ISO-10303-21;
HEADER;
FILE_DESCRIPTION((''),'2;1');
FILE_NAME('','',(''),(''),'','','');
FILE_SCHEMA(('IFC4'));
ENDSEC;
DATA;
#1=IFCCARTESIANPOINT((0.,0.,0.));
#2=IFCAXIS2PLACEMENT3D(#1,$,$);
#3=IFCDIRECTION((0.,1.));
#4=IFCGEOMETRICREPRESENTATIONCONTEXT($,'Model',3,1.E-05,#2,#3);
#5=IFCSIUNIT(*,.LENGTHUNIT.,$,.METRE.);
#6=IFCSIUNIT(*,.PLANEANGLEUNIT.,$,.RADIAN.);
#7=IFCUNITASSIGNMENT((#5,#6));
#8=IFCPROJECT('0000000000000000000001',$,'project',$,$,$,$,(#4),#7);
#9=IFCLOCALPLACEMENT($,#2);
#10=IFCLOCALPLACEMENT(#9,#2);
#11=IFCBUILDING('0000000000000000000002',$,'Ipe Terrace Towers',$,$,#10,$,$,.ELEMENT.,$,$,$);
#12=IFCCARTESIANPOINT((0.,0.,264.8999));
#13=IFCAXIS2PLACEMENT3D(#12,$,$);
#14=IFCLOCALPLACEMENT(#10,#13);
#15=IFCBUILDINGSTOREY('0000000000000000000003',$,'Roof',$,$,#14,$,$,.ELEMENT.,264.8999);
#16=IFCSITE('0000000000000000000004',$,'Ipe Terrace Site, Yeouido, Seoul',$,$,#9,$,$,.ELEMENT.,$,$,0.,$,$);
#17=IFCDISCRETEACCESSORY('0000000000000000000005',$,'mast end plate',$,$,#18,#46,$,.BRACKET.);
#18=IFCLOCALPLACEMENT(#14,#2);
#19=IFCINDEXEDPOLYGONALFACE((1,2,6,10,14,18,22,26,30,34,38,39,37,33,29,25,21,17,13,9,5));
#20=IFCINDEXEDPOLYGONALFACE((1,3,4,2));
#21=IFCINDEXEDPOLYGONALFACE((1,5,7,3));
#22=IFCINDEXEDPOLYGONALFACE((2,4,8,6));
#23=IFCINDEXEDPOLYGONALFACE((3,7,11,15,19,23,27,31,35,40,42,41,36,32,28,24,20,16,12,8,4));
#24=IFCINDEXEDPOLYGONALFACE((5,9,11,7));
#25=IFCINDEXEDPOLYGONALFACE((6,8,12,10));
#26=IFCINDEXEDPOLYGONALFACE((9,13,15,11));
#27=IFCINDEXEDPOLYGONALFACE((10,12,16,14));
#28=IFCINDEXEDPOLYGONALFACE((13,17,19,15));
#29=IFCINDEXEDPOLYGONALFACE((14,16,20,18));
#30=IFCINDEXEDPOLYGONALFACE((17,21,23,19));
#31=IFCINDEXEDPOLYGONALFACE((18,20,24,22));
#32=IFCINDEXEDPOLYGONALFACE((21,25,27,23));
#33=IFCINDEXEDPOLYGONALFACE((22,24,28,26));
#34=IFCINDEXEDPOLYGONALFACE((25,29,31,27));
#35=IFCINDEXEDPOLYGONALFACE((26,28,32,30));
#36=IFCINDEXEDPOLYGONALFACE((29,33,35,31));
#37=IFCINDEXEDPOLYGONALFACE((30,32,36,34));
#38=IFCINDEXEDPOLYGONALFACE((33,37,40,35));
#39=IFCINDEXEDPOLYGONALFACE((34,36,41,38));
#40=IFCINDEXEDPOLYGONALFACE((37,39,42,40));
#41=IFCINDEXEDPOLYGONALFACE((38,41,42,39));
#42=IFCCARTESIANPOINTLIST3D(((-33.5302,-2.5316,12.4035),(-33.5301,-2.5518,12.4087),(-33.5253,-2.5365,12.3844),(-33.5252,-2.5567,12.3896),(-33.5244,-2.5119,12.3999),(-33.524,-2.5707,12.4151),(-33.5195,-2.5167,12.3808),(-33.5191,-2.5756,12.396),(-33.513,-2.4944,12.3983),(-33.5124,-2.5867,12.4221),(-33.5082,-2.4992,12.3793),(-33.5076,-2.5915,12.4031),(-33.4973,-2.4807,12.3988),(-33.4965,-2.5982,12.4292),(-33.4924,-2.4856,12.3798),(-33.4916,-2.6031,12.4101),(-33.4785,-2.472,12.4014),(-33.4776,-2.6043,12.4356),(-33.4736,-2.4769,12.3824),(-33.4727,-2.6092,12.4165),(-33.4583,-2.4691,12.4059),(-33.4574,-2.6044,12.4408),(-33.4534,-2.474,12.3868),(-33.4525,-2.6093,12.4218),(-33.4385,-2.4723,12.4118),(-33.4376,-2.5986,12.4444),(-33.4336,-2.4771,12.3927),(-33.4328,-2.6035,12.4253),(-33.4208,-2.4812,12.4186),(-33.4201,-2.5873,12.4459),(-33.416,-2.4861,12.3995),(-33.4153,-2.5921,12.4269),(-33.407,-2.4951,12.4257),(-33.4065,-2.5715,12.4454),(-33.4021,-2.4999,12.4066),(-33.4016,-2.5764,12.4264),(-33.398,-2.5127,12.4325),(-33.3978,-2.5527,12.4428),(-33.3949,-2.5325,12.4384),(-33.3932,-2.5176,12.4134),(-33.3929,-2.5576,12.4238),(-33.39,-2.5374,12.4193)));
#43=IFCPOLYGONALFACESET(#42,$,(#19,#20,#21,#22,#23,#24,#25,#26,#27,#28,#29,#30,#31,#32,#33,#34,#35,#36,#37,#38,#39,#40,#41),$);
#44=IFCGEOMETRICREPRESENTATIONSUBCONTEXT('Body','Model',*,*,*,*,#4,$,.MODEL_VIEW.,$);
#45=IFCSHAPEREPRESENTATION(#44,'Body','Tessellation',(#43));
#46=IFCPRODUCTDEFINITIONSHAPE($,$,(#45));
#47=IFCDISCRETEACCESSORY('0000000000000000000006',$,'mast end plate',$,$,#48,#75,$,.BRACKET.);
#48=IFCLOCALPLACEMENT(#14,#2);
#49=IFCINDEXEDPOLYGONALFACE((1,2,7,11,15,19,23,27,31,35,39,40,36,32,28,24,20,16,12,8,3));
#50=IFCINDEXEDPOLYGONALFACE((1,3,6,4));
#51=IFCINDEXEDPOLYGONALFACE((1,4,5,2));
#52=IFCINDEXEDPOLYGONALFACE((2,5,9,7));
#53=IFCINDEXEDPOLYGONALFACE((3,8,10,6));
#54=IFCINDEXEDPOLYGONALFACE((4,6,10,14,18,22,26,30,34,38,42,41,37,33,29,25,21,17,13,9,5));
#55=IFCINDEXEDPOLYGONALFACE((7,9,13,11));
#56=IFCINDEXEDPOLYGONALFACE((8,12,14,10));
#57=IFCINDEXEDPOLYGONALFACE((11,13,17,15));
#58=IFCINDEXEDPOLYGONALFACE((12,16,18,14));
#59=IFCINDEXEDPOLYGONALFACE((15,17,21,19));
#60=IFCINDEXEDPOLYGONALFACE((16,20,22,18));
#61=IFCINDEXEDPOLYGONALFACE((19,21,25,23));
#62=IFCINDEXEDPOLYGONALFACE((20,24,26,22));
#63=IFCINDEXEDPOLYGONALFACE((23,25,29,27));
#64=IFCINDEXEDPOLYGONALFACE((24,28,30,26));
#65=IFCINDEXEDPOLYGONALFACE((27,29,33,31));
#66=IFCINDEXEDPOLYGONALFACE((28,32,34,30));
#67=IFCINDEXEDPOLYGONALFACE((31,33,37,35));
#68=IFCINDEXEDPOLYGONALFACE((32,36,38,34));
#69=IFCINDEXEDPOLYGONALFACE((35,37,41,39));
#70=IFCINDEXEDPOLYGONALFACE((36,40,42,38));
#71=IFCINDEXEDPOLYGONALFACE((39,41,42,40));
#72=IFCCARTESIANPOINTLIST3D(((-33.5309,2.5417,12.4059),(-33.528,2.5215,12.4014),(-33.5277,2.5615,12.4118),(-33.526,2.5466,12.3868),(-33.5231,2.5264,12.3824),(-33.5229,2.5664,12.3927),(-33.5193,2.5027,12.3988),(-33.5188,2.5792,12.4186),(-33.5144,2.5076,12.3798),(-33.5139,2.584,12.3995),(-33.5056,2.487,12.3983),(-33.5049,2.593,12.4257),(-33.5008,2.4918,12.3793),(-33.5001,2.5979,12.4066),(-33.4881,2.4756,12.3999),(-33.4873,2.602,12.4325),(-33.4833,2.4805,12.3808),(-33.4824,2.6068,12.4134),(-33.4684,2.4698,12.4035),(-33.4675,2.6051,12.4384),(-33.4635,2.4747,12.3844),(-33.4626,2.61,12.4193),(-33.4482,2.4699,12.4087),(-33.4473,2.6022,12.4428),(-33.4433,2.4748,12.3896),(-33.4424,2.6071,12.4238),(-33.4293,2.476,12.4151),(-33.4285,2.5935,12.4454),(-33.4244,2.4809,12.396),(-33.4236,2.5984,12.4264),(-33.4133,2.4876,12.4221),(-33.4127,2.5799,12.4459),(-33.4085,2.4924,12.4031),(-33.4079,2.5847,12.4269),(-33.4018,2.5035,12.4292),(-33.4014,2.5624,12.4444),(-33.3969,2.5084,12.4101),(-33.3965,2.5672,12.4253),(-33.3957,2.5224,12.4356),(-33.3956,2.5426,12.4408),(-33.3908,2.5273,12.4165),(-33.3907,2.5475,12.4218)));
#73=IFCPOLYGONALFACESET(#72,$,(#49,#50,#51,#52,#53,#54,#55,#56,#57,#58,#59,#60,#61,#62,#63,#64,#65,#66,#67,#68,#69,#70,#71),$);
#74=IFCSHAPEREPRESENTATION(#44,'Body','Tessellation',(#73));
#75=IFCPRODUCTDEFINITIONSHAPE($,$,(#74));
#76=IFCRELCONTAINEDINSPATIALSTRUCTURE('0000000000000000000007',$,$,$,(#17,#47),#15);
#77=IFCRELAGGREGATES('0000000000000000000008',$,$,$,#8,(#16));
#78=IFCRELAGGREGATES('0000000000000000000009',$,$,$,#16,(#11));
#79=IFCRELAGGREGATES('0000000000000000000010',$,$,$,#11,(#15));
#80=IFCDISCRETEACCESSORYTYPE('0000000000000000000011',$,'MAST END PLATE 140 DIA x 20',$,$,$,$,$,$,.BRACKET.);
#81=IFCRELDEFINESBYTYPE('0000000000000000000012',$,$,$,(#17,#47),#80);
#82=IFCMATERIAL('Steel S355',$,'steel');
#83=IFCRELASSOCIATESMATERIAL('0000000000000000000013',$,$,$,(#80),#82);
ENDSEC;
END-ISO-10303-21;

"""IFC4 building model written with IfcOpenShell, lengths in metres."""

from ifc_helpers import new_model, si_unit, direction, frame, origin, origin_2d, place, context, subcontext, project, spatial, circle, extrude, material, material_profile, profile_set, type_object, element, save


model = new_model("IFC4")

# Units and contexts
model_context = context("Model", 3, precision=1e-05, world=origin(), true_north=direction((0.0, 1.0)))
body_context = subcontext(model_context, "Body", "Model", "MODEL_VIEW")
ifc_project = project(units=[si_unit("LENGTHUNIT", "METRE"), si_unit("PLANEANGLEUNIT", "RADIAN")], contexts=[model_context])

# Site, building, storey
site_placement = place(None, origin())
site = spatial("IfcSite", under=ifc_project, at=site_placement, Name="Ipe Terrace Site, Yeouido, Seoul", CompositionType="ELEMENT", RefElevation=0.0)
building_placement = place(site_placement, origin())
building = spatial("IfcBuilding", under=site, at=building_placement, Name="Ipe Terrace Towers", CompositionType="ELEMENT")
storey_placement = place(building_placement, frame((0.0, 0.0, 264.8999)))
storey = spatial("IfcBuildingStorey", under=building, at=storey_placement, Name="Roof", CompositionType="ELEMENT", Elevation=264.8999)

# Discrete accessories
ifc_material_1 = material(Name="Steel S355", Category="steel")
ifc_material_profile_1 = material_profile(ifc_material_1, circle(Radius=0.0701, at=origin_2d()), Name="MAST END PLATE 140 DIA x 20")
ifc_profile_set_1 = profile_set([ifc_material_profile_1], Name="Steel S355")
discrete_accessory_type_1 = type_object("IfcDiscreteAccessoryType", Name="MAST END PLATE 140 DIA x 20", PredefinedType="BRACKET", material=ifc_profile_set_1)
for number, where, z_axis, x_axis, name in (
    (1, (-33.458, -2.542, 12.4031), (-0.241051, 0.241051, 0.9401), (-0.707107, -0.707107, 0.0), "mast end plate"),
    (2, (-33.458, 2.542, 12.4031), (-0.241051, -0.241051, 0.9401), (0.707107, -0.707107, 0.0), "mast end plate"),
):
    element("IfcDiscreteAccessory", number, at=place(storey_placement, frame(where, z_axis=z_axis, x_axis=x_axis)), inside=storey, type_object=discrete_accessory_type_1, Name=name, PredefinedType="BRACKET", context=body_context, shape_type="SweptSolid", body=[
        extrude(circle(Radius=0.0701, at=origin_2d()), origin(), (0.0, 0.0, 1.0), 0.0203),
    ])

save(model, "model.ifc")
